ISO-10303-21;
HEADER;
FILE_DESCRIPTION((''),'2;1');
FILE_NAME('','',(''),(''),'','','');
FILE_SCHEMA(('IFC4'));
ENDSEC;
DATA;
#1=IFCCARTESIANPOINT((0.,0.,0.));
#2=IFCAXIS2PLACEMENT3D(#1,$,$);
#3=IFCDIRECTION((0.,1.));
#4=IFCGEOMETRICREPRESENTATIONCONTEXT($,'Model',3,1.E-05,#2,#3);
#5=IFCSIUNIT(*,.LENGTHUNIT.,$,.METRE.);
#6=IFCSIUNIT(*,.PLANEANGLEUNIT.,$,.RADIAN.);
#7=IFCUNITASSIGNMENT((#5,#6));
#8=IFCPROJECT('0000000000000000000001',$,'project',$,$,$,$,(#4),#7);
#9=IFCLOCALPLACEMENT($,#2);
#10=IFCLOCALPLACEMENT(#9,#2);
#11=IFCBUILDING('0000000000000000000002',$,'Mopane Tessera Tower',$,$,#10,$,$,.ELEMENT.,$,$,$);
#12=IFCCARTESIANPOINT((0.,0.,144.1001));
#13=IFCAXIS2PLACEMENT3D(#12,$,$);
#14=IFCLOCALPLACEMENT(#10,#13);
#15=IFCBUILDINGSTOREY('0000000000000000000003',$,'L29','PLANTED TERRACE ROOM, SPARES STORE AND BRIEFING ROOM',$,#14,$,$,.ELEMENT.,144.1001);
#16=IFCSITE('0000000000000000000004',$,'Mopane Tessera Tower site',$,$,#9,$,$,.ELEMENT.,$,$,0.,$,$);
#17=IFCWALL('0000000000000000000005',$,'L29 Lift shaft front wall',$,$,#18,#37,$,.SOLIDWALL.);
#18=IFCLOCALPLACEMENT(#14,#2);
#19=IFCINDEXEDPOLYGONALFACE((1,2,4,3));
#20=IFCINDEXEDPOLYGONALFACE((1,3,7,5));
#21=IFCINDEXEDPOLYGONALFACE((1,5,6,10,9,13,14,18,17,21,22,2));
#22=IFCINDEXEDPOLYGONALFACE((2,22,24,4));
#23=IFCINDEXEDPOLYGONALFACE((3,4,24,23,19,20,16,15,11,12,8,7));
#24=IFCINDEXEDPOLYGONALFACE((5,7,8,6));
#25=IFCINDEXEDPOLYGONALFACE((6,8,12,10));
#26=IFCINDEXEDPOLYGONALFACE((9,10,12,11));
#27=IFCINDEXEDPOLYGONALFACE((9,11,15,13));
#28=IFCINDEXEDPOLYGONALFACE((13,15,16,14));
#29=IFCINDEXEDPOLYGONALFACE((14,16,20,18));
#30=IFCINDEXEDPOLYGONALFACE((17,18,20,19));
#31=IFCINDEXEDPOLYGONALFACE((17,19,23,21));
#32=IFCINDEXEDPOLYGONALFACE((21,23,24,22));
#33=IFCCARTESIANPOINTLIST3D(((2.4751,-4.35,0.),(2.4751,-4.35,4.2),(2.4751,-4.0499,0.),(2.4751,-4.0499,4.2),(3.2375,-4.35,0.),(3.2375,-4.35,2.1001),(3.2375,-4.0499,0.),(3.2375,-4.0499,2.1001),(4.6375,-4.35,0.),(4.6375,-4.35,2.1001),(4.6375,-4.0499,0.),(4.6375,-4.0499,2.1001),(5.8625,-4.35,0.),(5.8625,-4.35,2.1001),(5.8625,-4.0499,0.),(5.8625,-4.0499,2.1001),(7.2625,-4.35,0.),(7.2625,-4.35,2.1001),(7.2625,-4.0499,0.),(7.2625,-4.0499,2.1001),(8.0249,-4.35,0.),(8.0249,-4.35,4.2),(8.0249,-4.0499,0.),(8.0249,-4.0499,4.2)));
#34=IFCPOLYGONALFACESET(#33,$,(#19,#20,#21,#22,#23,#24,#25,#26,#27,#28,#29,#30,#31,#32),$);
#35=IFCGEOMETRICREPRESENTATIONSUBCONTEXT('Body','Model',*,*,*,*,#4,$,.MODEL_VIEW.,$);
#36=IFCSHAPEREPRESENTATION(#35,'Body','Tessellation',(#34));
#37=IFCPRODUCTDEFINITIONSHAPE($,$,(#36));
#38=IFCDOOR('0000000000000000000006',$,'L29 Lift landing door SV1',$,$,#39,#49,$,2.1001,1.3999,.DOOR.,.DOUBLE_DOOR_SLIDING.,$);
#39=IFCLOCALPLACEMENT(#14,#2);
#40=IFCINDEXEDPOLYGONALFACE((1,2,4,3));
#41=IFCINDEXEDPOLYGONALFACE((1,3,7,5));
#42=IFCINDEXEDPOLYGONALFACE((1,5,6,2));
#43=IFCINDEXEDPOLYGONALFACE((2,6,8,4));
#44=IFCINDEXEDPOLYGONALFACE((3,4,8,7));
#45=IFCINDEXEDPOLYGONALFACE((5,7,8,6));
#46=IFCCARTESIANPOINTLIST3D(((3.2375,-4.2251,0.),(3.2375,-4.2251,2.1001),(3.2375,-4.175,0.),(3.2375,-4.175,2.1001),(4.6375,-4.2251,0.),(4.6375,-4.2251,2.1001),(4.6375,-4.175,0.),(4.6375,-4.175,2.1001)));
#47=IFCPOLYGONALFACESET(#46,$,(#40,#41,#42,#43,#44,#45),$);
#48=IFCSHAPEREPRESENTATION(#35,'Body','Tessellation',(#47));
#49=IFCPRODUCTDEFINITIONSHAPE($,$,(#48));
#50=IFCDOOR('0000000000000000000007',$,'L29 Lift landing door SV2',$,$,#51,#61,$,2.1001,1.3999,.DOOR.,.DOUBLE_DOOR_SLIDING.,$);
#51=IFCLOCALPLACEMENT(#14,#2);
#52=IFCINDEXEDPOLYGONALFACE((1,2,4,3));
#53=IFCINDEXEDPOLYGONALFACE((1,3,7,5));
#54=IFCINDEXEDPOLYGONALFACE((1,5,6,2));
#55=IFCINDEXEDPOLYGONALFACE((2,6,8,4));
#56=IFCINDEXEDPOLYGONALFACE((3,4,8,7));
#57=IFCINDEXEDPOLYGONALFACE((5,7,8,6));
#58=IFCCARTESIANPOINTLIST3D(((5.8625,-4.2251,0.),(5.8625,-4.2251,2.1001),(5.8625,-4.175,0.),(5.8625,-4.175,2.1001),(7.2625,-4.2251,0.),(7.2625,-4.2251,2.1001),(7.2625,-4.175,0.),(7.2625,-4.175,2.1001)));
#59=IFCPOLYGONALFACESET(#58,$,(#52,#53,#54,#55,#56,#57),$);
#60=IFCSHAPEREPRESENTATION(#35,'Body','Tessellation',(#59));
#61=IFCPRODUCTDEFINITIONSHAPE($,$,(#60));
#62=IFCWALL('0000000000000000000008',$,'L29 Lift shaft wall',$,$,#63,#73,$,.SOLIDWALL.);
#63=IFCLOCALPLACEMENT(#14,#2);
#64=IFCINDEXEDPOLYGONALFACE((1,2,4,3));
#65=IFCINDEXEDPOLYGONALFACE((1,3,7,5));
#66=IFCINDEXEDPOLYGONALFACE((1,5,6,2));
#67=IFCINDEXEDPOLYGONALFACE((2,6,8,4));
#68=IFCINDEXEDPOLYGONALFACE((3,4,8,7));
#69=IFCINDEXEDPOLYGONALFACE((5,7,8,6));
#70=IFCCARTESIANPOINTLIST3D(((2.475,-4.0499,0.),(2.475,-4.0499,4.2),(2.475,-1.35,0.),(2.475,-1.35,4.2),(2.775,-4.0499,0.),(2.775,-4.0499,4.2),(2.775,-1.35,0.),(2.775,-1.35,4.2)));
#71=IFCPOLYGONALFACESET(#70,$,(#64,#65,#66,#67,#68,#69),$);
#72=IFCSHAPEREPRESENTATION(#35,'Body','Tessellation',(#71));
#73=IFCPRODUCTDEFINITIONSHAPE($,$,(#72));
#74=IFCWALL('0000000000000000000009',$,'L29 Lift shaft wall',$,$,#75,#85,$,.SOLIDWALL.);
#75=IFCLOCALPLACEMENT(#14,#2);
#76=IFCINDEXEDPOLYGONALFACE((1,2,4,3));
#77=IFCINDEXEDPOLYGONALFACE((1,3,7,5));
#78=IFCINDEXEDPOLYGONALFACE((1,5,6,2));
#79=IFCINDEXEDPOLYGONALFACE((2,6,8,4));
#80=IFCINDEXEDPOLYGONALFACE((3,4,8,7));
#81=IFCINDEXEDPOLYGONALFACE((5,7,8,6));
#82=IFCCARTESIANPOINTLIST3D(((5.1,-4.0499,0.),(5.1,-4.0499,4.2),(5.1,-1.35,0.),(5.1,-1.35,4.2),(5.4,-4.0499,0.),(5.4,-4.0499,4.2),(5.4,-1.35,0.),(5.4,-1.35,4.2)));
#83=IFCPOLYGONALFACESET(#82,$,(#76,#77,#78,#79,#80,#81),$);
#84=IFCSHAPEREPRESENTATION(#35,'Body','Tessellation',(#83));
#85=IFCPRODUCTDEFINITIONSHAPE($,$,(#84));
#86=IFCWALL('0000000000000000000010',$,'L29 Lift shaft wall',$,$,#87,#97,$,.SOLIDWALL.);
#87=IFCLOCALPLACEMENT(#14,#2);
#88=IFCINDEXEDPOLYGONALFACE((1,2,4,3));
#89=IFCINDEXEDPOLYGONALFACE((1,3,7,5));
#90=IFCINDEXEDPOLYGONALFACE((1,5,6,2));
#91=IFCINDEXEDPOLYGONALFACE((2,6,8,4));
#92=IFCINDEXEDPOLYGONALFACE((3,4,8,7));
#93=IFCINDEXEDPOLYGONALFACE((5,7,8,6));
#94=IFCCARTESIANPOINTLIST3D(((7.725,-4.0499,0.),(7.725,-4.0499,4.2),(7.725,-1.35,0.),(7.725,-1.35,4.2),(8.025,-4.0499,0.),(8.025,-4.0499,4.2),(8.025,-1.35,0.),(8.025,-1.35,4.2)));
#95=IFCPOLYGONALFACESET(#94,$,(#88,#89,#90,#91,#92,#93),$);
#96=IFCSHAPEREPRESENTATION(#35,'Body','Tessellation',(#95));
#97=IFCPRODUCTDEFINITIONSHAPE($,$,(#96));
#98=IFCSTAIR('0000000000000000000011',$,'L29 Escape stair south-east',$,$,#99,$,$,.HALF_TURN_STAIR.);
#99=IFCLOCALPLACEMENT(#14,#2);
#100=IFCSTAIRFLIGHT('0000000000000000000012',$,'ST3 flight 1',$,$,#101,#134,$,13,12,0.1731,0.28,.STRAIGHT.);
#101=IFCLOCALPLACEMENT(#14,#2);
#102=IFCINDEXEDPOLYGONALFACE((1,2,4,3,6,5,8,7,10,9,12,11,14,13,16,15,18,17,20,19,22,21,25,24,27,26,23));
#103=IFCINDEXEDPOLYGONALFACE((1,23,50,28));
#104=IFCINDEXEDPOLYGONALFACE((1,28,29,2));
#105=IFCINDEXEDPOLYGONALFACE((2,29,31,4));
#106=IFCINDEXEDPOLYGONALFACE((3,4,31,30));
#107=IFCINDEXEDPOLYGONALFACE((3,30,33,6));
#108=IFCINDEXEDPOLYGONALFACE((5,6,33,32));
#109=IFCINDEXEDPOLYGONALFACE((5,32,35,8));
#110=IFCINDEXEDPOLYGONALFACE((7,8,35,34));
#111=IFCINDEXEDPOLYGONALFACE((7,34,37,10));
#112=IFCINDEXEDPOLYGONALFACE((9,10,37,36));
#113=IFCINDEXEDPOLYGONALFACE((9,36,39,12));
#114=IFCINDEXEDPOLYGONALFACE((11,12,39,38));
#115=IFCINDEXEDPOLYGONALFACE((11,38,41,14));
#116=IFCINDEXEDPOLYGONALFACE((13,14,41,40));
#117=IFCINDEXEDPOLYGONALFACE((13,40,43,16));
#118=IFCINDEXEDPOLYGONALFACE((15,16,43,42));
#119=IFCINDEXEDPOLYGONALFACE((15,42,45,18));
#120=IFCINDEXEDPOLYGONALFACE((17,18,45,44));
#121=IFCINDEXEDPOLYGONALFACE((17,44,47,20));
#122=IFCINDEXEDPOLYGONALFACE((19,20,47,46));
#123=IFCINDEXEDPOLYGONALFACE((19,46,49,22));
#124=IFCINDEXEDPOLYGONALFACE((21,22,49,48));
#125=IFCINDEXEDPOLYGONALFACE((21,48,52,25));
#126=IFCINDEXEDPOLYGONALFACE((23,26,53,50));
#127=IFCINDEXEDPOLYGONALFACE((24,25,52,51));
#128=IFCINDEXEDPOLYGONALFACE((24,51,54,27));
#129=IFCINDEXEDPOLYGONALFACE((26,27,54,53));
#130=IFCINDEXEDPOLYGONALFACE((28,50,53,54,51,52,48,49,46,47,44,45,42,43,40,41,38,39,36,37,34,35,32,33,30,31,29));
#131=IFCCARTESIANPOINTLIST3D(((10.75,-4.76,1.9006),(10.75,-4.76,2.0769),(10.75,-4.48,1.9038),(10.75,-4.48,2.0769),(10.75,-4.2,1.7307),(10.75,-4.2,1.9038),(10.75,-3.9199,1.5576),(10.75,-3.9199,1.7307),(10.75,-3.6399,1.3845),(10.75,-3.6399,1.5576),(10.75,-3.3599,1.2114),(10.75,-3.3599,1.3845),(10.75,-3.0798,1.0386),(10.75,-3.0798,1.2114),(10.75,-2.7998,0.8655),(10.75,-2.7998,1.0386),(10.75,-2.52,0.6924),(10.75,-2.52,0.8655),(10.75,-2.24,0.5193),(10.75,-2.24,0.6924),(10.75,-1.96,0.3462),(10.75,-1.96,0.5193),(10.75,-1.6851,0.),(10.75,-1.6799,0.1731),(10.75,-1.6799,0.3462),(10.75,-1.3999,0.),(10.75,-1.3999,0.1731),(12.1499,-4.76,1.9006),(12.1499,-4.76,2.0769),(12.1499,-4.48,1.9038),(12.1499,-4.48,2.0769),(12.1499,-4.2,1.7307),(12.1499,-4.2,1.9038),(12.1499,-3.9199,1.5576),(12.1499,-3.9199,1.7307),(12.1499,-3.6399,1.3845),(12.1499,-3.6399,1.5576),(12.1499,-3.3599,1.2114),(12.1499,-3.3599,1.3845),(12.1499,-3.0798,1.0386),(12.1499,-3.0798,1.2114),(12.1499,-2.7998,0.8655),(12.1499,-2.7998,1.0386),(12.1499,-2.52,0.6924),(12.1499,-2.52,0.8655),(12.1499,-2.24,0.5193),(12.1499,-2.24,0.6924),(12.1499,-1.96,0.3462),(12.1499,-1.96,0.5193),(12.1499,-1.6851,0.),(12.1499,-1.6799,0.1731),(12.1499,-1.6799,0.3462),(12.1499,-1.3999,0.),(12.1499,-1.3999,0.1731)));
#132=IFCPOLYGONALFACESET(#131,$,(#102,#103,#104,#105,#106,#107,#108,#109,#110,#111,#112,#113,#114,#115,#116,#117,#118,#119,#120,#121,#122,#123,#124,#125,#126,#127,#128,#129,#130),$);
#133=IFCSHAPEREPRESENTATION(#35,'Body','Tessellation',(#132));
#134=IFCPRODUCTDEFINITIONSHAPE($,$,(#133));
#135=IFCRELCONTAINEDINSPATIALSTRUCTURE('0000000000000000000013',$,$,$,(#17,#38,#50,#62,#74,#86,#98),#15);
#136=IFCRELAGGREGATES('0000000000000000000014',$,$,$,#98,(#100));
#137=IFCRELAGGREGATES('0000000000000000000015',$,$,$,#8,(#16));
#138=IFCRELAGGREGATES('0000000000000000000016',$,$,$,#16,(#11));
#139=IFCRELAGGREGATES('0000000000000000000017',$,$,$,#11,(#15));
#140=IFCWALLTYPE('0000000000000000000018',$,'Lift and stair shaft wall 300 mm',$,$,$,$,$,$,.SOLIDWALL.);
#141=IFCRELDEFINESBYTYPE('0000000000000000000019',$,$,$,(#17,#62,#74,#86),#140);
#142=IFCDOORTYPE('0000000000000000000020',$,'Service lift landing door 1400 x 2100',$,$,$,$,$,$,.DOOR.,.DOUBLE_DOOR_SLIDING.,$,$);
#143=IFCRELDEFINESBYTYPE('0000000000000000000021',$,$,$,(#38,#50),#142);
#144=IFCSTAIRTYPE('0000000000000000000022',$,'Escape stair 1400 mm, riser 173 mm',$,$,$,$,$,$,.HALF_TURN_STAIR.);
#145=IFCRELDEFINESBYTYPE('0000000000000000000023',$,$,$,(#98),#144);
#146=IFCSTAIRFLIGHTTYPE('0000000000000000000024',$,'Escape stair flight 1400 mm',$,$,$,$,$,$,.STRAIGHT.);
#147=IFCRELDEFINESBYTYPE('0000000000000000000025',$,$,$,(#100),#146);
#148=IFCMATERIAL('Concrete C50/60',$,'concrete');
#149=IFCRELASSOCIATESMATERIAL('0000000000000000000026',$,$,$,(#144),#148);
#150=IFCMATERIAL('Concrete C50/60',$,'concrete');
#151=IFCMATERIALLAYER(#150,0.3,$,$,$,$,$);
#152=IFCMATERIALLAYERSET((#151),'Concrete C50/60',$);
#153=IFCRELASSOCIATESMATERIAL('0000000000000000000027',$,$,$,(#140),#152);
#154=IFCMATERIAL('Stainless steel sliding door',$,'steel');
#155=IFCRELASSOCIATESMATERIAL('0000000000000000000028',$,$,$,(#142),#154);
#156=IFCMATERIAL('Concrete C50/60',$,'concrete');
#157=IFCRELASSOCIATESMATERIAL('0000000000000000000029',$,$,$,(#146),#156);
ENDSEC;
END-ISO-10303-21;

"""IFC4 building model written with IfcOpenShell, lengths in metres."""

from ifc_helpers import new_model, si_unit, direction, frame, frame_2d, origin, place, context, subcontext, project, spatial, polyline, rectangle, outline, extrude, material, layer, layer_set, type_object, element, fill, aggregate, save


model = new_model("IFC4")

# Units and contexts
model_context = context("Model", 3, precision=1e-05, world=origin(), true_north=direction((0.0, 1.0)))
body_context = subcontext(model_context, "Body", "Model", "MODEL_VIEW")
ifc_project = project(units=[si_unit("LENGTHUNIT", "METRE"), si_unit("PLANEANGLEUNIT", "RADIAN")], contexts=[model_context])

# Site, building, storey
site_placement = place(None, origin())
site = spatial("IfcSite", under=ifc_project, at=site_placement, Name="Mopane Tessera Tower site", CompositionType="ELEMENT", RefElevation=0.0)
building_placement = place(site_placement, origin())
building = spatial("IfcBuilding", under=site, at=building_placement, Name="Mopane Tessera Tower", CompositionType="ELEMENT")
storey_placement = place(building_placement, frame((0.0, 0.0, 144.1001)))
storey = spatial("IfcBuildingStorey", under=building, at=storey_placement, Name="L29", Description="PLANTED TERRACE ROOM, SPARES STORE AND BRIEFING ROOM", CompositionType="ELEMENT", Elevation=144.1001)

# Shared definitions
ifc_material_1 = material(Name="Concrete C50/60", Category="concrete")
stair_type = type_object("IfcStairType", Name="Escape stair 1400 mm, riser 173 mm", PredefinedType="HALF_TURN_STAIR", material=ifc_material_1)

# Shared definitions
ifc_material_2 = material(Name="Concrete C50/60", Category="concrete")
ifc_layer_1 = layer(ifc_material_2, 0.3)
ifc_layer_set_1 = layer_set([ifc_layer_1], Name="Concrete C50/60")
wall_type_1 = type_object("IfcWallType", Name="Lift and stair shaft wall 300 mm", PredefinedType="SOLIDWALL", material=ifc_layer_set_1)

# Wall, openings, doors
wall_1_placement = place(storey_placement, frame((2.4751, -4.2, 0.0), z_axis=(0.0, 0.0, 1.0), x_axis=(1.0, 0.0, 0.0)))
wall_1 = element("IfcWall", 1, at=wall_1_placement, inside=storey, type_object=wall_type_1, Name="L29 Lift shaft front wall", PredefinedType="SOLIDWALL", context=body_context, shape_type="SweptSolid", body=[
    extrude(rectangle(XDim=5.5498, YDim=0.3, at=frame_2d((2.7749, 0.0))), origin(), (0.0, 0.0, 1.0), 4.2),
])
opening_1_placement = place(wall_1_placement, frame((0.7625, 0.0, 0.0)))
opening_1 = element("IfcOpeningElement", 2, at=opening_1_placement, cuts=wall_1, PredefinedType="OPENING", context=body_context, shape_type="SweptSolid", body=[
    extrude(rectangle(XDim=1.3999, YDim=2.1001, at=frame_2d((0.7, 1.05))), frame((0.0, 0.1621, 0.0), z_axis=(0.0, -1.0, 0.0), x_axis=(1.0, 0.0, 0.0)), (0.0, 0.0, 1.0), 0.324),
])
opening_2_placement = place(wall_1_placement, frame((3.3875, 0.0, 0.0)))
opening_2 = element("IfcOpeningElement", 3, at=opening_2_placement, cuts=wall_1, PredefinedType="OPENING", context=body_context, shape_type="SweptSolid", body=[
    extrude(rectangle(XDim=1.3999, YDim=2.1001, at=frame_2d((0.7, 1.05))), frame((0.0, 0.1621, 0.0), z_axis=(0.0, -1.0, 0.0), x_axis=(1.0, 0.0, 0.0)), (0.0, 0.0, 1.0), 0.324),
])
ifc_material_3 = material(Name="Stainless steel sliding door", Category="steel")
door_type = type_object("IfcDoorType", Name="Service lift landing door 1400 x 2100", OperationType="DOUBLE_DOOR_SLIDING", PredefinedType="DOOR", material=ifc_material_3)
door_1_placement = place(opening_1_placement, origin())
door_1 = element("IfcDoor", 4, at=door_1_placement, inside=storey, type_object=door_type, Name="L29 Lift landing door SV1", OperationType="DOUBLE_DOOR_SLIDING", OverallHeight=2.1001, OverallWidth=1.3999, PredefinedType="DOOR", context=body_context, shape_type="SweptSolid", body=[
    extrude(rectangle(XDim=1.3999, YDim=2.1001, at=frame_2d((0.7, 1.05))), frame((0.0, 0.0249, 0.0), z_axis=(0.0, -1.0, 0.0), x_axis=(1.0, 0.0, 0.0)), (0.0, 0.0, 1.0), 0.05),
])
fill(opening_1, door_1)
door_2_placement = place(opening_2_placement, origin())
door_2 = element("IfcDoor", 5, at=door_2_placement, inside=storey, type_object=door_type, Name="L29 Lift landing door SV2", OperationType="DOUBLE_DOOR_SLIDING", OverallHeight=2.1001, OverallWidth=1.3999, PredefinedType="DOOR", context=body_context, shape_type="SweptSolid", body=[
    extrude(rectangle(XDim=1.3999, YDim=2.1001, at=frame_2d((0.7, 1.05))), frame((0.0, 0.0249, 0.0), z_axis=(0.0, -1.0, 0.0), x_axis=(1.0, 0.0, 0.0)), (0.0, 0.0, 1.0), 0.05),
])
fill(opening_2, door_2)

# Walls
for number, where, z_axis, x_axis, name in (
    (6, (2.625, -4.05, 0.0), (0.0, 0.0, 1.0), (0.0, 1.0, 0.0), "L29 Lift shaft wall"),
    (7, (5.25, -4.05, 0.0), (0.0, 0.0, 1.0), (0.0, 1.0, 0.0), "L29 Lift shaft wall"),
    (8, (7.875, -4.05, 0.0), (0.0, 0.0, 1.0), (0.0, 1.0, 0.0), "L29 Lift shaft wall"),
):
    element("IfcWall", number, at=place(storey_placement, frame(where, z_axis=z_axis, x_axis=x_axis)), inside=storey, type_object=wall_type_1, Name=name, PredefinedType="SOLIDWALL", context=body_context, shape_type="SweptSolid", body=[
        extrude(rectangle(XDim=2.7, YDim=0.3, at=frame_2d((1.3501, 0.0))), origin(), (0.0, 0.0, 1.0), 4.2),
    ])

# Stair, stair flight
stair_1_placement = place(storey_placement, origin())
stair_1 = element("IfcStair", 9, at=stair_1_placement, inside=storey, type_object=stair_type, Name="L29 Escape stair south-east", PredefinedType="HALF_TURN_STAIR")
ifc_material_4 = material(Name="Concrete C50/60", Category="concrete")
stair_flight_type = type_object("IfcStairFlightType", Name="Escape stair flight 1400 mm", PredefinedType="STRAIGHT", material=ifc_material_4)
stair_flight_placement = place(storey_placement, frame((11.45, -1.3999, 0.0), z_axis=(0.0, 0.0, 1.0), x_axis=(0.0, -1.0, 0.0)))
stair_flight = element("IfcStairFlight", 10, at=stair_flight_placement, type_object=stair_flight_type, Name="ST3 flight 1", NumberOfRisers=13, NumberOfTreads=12, PredefinedType="STRAIGHT", RiserHeight=0.1731, TreadLength=0.28, context=body_context, shape_type="SweptSolid", body=[
    extrude(outline(polyline([(0.0, 0.0), (0.0, 0.1731), (0.28, 0.1731), (0.28, 0.3462), (0.5601, 0.3462), (0.5601, 0.5193), (0.8401, 0.5193), (0.8401, 0.6924), (1.1201, 0.6924), (1.1201, 0.8655), (1.3999, 0.8655), (1.3999, 1.0386), (1.6799, 1.0386), (1.6799, 1.2114), (1.96, 1.2114), (1.96, 1.3845), (2.24, 1.3845), (2.24, 1.5576), (2.52, 1.5576), (2.52, 1.7307), (2.8, 1.7307), (2.8, 1.9038), (3.0801, 1.9038), (3.0801, 2.0769), (3.3601, 2.0769), (3.3601, 2.25), (3.3601, 1.9006), (0.2852, 0.0), (0.0, 0.0)])), frame((0.0, 0.7, 0.0), z_axis=(0.0, -1.0, 0.0), x_axis=(1.0, 0.0, 0.0)), (0.0, 0.0, 1.0), 1.3999),
])
aggregate(stair_1, [stair_flight])

save(model, "model.ifc")
